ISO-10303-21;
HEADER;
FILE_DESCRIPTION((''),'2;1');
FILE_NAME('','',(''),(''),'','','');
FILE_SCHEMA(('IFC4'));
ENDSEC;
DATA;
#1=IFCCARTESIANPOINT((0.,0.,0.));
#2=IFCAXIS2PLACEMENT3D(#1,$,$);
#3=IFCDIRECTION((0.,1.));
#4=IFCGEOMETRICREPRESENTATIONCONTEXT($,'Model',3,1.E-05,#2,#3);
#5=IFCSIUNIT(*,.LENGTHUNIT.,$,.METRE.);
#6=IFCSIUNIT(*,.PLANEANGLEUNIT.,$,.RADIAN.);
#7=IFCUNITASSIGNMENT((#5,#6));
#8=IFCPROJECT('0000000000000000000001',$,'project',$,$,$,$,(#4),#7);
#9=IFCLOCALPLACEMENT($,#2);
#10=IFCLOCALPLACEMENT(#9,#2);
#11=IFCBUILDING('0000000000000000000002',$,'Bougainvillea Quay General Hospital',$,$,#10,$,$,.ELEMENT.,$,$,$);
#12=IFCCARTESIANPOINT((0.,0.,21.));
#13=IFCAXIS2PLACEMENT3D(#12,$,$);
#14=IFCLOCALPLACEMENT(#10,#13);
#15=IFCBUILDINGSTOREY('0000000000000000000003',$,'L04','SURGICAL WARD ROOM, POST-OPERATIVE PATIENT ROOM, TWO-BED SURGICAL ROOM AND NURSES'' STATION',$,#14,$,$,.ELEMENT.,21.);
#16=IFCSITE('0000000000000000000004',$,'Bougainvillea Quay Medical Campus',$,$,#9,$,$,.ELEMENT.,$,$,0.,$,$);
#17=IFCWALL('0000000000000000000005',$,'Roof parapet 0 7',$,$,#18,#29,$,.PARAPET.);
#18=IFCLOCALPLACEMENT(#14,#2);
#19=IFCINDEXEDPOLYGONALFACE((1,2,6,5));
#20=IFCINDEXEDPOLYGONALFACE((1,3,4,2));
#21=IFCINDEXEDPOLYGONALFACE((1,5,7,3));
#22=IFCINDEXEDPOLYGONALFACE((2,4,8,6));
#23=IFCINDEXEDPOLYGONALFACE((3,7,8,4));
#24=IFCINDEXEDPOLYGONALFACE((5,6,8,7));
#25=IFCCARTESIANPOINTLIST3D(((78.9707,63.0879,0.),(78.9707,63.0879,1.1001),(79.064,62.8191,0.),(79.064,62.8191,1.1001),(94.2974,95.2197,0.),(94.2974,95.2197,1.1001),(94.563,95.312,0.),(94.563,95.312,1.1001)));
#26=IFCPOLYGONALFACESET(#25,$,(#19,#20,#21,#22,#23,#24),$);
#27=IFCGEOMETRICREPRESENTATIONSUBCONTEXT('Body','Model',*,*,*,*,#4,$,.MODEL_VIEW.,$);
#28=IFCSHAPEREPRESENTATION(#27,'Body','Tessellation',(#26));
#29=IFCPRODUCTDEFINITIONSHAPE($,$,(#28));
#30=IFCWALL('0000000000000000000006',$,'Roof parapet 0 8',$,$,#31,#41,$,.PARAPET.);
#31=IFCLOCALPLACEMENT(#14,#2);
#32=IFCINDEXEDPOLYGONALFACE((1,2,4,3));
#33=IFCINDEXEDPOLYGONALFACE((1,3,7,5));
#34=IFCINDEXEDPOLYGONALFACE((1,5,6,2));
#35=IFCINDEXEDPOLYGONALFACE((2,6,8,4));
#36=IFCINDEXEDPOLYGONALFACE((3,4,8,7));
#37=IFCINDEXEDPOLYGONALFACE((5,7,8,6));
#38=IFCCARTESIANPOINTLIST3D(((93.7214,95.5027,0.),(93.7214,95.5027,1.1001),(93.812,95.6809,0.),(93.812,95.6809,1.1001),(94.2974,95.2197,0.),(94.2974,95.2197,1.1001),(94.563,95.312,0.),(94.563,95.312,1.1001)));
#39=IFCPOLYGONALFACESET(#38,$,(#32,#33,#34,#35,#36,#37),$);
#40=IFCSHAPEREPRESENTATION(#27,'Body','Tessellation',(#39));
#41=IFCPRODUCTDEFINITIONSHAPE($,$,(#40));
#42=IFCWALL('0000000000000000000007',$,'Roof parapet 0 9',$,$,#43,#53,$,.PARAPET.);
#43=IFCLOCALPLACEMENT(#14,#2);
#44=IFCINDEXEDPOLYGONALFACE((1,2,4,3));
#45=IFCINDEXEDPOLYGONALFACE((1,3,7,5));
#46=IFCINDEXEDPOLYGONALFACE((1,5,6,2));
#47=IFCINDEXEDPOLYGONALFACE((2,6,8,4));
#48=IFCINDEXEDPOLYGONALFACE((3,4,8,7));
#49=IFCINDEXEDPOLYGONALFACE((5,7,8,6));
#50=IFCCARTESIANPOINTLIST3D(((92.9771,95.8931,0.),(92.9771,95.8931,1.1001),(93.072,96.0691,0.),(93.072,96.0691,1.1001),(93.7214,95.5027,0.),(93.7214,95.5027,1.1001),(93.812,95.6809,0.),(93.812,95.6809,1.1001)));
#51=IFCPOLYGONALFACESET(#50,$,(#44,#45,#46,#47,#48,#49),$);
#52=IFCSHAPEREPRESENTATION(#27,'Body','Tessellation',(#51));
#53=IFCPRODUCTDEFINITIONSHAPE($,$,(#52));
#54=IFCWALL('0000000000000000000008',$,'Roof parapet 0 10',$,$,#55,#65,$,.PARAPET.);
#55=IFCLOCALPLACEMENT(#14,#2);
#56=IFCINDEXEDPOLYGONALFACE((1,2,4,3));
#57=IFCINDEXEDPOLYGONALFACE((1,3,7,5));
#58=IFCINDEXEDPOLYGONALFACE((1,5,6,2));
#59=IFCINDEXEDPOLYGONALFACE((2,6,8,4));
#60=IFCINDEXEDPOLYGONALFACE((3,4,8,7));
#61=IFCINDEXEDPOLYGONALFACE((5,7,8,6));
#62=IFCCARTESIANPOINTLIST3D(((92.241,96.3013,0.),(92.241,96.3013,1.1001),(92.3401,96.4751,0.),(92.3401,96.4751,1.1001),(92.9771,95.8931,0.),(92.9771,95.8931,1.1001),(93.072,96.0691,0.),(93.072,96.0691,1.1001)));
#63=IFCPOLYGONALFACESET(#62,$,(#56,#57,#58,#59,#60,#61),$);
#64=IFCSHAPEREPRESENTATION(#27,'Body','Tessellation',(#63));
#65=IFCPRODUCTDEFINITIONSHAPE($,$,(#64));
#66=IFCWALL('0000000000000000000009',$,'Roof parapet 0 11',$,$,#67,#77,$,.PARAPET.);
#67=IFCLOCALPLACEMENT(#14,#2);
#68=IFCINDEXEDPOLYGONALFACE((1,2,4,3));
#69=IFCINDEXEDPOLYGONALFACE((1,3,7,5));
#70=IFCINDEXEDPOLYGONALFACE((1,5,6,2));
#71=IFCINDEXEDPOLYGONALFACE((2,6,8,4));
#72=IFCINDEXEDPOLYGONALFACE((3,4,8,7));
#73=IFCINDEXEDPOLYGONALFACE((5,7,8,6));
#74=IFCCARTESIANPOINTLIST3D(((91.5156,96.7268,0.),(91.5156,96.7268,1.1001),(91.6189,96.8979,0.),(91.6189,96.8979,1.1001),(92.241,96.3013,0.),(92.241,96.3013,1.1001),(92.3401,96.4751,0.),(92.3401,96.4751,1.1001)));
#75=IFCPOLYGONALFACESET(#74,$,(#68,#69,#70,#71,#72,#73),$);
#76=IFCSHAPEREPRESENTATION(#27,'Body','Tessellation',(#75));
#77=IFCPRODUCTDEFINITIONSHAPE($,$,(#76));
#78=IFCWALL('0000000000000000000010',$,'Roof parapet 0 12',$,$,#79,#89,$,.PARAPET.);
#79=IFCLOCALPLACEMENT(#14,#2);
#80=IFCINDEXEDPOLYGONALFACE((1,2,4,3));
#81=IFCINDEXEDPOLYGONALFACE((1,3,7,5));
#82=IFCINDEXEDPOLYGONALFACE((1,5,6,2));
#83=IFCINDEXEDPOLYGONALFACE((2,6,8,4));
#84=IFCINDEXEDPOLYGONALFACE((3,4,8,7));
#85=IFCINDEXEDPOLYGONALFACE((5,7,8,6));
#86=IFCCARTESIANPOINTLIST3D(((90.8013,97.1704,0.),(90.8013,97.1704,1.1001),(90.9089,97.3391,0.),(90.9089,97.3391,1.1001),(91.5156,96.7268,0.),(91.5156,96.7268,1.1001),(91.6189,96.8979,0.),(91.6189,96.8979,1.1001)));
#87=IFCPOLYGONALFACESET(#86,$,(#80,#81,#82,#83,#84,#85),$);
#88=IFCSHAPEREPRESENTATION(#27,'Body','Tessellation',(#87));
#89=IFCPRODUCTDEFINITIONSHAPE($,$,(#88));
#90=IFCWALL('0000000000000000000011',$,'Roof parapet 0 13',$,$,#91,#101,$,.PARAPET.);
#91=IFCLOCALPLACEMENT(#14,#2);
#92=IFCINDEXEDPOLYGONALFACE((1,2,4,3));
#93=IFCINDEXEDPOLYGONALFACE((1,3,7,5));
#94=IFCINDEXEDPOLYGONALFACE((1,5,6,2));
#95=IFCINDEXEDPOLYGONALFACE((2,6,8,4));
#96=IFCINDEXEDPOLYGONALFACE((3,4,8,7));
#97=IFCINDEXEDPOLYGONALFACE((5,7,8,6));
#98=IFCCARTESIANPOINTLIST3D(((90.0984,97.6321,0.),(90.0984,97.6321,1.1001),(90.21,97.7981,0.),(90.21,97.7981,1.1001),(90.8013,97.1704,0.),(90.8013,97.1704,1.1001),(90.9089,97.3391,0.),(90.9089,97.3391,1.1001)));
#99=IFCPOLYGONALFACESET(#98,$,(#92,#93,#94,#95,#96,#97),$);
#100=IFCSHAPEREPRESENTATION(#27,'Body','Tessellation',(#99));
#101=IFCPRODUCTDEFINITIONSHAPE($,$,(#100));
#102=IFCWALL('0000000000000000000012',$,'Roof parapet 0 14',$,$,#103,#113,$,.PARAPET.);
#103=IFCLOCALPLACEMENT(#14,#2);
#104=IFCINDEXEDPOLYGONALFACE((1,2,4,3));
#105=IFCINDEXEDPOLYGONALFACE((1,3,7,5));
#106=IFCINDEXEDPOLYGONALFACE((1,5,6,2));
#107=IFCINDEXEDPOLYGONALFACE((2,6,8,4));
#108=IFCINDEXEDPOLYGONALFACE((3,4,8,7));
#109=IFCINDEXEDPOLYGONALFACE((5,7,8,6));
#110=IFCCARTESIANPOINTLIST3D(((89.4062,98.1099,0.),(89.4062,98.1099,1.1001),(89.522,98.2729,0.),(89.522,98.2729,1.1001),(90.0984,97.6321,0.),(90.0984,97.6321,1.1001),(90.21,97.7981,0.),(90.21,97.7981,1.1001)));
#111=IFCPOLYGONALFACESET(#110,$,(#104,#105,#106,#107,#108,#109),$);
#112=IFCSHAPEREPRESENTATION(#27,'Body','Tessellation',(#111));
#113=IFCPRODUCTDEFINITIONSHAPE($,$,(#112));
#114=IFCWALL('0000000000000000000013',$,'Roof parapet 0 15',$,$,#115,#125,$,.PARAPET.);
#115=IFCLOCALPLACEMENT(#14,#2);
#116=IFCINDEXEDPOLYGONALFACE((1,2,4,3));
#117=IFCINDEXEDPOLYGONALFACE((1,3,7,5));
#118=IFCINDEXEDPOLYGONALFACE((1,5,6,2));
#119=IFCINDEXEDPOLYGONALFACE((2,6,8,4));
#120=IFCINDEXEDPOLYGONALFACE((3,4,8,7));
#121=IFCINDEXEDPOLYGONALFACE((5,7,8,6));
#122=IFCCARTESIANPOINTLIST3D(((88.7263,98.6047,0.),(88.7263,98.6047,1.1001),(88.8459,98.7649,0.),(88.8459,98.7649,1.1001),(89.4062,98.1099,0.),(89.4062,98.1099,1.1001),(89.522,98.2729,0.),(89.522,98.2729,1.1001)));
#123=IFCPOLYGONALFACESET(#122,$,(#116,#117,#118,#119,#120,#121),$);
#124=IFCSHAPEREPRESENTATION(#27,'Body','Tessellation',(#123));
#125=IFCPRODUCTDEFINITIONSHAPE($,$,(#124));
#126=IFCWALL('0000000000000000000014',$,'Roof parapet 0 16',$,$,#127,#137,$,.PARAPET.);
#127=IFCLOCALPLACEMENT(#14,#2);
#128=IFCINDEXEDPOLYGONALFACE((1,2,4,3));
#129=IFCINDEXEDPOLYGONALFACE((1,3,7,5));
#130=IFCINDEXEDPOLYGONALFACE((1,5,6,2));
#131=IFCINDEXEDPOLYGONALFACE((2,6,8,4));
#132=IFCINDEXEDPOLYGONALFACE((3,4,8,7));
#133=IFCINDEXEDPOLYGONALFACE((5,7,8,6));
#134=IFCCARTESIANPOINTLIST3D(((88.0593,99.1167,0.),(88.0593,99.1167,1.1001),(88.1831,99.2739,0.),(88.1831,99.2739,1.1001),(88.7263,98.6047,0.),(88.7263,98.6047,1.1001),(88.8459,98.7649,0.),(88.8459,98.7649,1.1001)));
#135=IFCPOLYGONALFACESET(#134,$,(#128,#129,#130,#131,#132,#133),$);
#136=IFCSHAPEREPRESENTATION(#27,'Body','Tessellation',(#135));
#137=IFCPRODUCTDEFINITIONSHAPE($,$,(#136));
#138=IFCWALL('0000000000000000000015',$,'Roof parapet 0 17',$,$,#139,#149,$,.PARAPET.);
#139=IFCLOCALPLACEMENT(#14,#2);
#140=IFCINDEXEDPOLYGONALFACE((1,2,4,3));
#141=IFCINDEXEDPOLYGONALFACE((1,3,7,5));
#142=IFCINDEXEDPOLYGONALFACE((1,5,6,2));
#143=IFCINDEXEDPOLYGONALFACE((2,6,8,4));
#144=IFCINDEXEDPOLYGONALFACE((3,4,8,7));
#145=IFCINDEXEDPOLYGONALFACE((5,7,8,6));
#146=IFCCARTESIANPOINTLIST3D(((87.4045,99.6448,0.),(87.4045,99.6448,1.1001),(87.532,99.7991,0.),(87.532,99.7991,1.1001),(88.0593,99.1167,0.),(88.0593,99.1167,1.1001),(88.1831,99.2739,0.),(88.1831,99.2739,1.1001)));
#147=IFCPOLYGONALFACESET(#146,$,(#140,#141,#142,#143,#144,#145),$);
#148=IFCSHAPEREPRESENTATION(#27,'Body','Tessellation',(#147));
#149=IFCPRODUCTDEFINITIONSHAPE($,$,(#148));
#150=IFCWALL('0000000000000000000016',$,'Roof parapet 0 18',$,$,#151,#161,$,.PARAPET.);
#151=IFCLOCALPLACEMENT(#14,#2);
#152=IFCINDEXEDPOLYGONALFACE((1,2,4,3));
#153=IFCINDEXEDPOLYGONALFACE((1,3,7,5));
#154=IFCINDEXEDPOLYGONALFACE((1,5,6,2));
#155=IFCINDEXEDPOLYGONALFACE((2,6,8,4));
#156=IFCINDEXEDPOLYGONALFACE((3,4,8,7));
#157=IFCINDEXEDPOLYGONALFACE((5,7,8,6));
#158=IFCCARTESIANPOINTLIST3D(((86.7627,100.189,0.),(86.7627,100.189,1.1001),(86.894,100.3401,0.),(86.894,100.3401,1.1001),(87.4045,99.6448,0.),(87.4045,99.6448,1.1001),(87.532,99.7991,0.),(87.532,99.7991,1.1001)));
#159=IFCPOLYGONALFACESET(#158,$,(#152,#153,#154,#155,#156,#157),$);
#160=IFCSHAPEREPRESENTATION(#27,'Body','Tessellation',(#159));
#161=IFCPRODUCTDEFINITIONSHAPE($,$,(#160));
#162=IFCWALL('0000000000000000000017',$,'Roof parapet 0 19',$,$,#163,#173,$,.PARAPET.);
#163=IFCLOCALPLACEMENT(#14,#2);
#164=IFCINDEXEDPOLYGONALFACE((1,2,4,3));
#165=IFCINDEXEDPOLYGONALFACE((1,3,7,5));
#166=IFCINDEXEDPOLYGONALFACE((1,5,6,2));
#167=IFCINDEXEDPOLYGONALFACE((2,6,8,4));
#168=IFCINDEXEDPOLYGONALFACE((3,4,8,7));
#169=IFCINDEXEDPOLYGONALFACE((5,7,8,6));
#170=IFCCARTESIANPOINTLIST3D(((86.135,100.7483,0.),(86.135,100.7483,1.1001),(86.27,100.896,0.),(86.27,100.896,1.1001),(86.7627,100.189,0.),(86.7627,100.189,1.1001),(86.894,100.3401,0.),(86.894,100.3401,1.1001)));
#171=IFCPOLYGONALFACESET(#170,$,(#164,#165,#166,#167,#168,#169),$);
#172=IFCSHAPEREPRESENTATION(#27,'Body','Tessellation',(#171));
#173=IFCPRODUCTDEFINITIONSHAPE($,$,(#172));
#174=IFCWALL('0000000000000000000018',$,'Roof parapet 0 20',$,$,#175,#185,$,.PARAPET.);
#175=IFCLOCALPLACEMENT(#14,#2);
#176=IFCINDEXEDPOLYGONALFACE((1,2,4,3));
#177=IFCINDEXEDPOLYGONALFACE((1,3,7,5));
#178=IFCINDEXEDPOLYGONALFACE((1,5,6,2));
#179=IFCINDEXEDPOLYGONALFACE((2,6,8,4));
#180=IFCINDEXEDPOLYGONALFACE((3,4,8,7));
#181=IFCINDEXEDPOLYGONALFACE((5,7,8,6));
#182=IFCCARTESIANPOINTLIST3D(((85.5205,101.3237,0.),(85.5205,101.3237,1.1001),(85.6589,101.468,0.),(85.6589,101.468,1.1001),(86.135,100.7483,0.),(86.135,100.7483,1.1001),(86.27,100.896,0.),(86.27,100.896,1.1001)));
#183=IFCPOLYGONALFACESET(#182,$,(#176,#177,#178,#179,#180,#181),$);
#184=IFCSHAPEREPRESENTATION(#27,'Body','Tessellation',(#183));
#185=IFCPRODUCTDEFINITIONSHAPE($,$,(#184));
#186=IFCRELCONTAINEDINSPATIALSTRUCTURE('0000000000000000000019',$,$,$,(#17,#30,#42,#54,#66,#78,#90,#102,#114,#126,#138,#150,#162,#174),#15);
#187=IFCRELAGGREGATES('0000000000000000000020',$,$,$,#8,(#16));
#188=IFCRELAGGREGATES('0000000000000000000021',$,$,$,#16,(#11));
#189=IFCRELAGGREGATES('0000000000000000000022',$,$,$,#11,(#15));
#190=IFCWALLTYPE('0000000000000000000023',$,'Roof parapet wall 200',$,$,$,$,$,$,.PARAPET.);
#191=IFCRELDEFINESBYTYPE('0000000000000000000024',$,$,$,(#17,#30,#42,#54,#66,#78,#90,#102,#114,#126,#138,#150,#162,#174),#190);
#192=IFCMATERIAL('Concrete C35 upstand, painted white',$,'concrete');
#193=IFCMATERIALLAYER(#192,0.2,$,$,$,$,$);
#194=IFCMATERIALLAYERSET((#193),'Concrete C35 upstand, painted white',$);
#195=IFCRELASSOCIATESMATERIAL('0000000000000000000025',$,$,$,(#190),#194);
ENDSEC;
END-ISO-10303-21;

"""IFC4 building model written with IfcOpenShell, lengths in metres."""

from ifc_helpers import new_model, si_unit, direction, frame, origin, place, context, subcontext, project, spatial, polyline, outline, extrude, material, layer, layer_set, type_object, element, save


model = new_model("IFC4")

# Units and contexts
model_context = context("Model", 3, precision=1e-05, world=origin(), true_north=direction((0.0, 1.0)))
body_context = subcontext(model_context, "Body", "Model", "MODEL_VIEW")
ifc_project = project(units=[si_unit("LENGTHUNIT", "METRE"), si_unit("PLANEANGLEUNIT", "RADIAN")], contexts=[model_context])

# Site, building, storey
site_placement = place(None, origin())
site = spatial("IfcSite", under=ifc_project, at=site_placement, Name="Bougainvillea Quay Medical Campus", CompositionType="ELEMENT", RefElevation=0.0)
building_placement = place(site_placement, origin())
building = spatial("IfcBuilding", under=site, at=building_placement, Name="Bougainvillea Quay General Hospital", CompositionType="ELEMENT")
storey_placement = place(building_placement, frame((0.0, 0.0, 21.0)))
storey = spatial("IfcBuildingStorey", under=building, at=storey_placement, Name="L04", Description="SURGICAL WARD ROOM, POST-OPERATIVE PATIENT ROOM, TWO-BED SURGICAL ROOM AND NURSES' STATION", CompositionType="ELEMENT", Elevation=21.0)

# Walls
ifc_material_1 = material(Name="Concrete C35 upstand, painted white", Category="concrete")
ifc_layer_1 = layer(ifc_material_1, 0.2)
ifc_layer_set_1 = layer_set([ifc_layer_1], Name="Concrete C35 upstand, painted white")
wall_type = type_object("IfcWallType", Name="Roof parapet wall 200", PredefinedType="PARAPET", material=ifc_layer_set_1)
wall_1_placement = place(storey_placement, origin())
element("IfcWall", 1, at=wall_1_placement, inside=storey, type_object=wall_type, Name="Roof parapet 0 7", PredefinedType="PARAPET", context=body_context, shape_type="SweptSolid", body=[
    extrude(outline(polyline([(94.2974, 95.2197), (94.563, 95.312), (79.064, 62.8191), (78.9707, 63.0879), (94.2974, 95.2197)])), origin(), (0.0, 0.0, 1.0), 1.1001),
])
wall_2_placement = place(storey_placement, origin())
element("IfcWall", 2, at=wall_2_placement, inside=storey, type_object=wall_type, Name="Roof parapet 0 8", PredefinedType="PARAPET", context=body_context, shape_type="SweptSolid", body=[
    extrude(outline(polyline([(93.7214, 95.5027), (93.812, 95.6809), (94.563, 95.312), (94.2974, 95.2197), (93.7214, 95.5027)])), origin(), (0.0, 0.0, 1.0), 1.1001),
])
wall_3_placement = place(storey_placement, origin())
element("IfcWall", 3, at=wall_3_placement, inside=storey, type_object=wall_type, Name="Roof parapet 0 9", PredefinedType="PARAPET", context=body_context, shape_type="SweptSolid", body=[
    extrude(outline(polyline([(92.9771, 95.8931), (93.072, 96.0691), (93.812, 95.6809), (93.7214, 95.5027), (92.9771, 95.8931)])), origin(), (0.0, 0.0, 1.0), 1.1001),
])
wall_4_placement = place(storey_placement, origin())
element("IfcWall", 4, at=wall_4_placement, inside=storey, type_object=wall_type, Name="Roof parapet 0 10", PredefinedType="PARAPET", context=body_context, shape_type="SweptSolid", body=[
    extrude(outline(polyline([(92.241, 96.3013), (92.3401, 96.4751), (93.072, 96.0691), (92.9771, 95.8931), (92.241, 96.3013)])), origin(), (0.0, 0.0, 1.0), 1.1001),
])
wall_5_placement = place(storey_placement, origin())
element("IfcWall", 5, at=wall_5_placement, inside=storey, type_object=wall_type, Name="Roof parapet 0 11", PredefinedType="PARAPET", context=body_context, shape_type="SweptSolid", body=[
    extrude(outline(polyline([(91.5156, 96.7268), (91.6189, 96.8979), (92.3401, 96.4751), (92.241, 96.3013), (91.5156, 96.7268)])), origin(), (0.0, 0.0, 1.0), 1.1001),
])
wall_6_placement = place(storey_placement, origin())
element("IfcWall", 6, at=wall_6_placement, inside=storey, type_object=wall_type, Name="Roof parapet 0 12", PredefinedType="PARAPET", context=body_context, shape_type="SweptSolid", body=[
    extrude(outline(polyline([(90.8013, 97.1704), (90.9089, 97.3391), (91.6189, 96.8979), (91.5156, 96.7268), (90.8013, 97.1704)])), origin(), (0.0, 0.0, 1.0), 1.1001),
])
wall_7_placement = place(storey_placement, origin())
element("IfcWall", 7, at=wall_7_placement, inside=storey, type_object=wall_type, Name="Roof parapet 0 13", PredefinedType="PARAPET", context=body_context, shape_type="SweptSolid", body=[
    extrude(outline(polyline([(90.0984, 97.6321), (90.21, 97.7981), (90.9089, 97.3391), (90.8013, 97.1704), (90.0984, 97.6321)])), origin(), (0.0, 0.0, 1.0), 1.1001),
])
wall_8_placement = place(storey_placement, origin())
element("IfcWall", 8, at=wall_8_placement, inside=storey, type_object=wall_type, Name="Roof parapet 0 14", PredefinedType="PARAPET", context=body_context, shape_type="SweptSolid", body=[
    extrude(outline(polyline([(89.4062, 98.1099), (89.522, 98.2729), (90.21, 97.7981), (90.0984, 97.6321), (89.4062, 98.1099)])), origin(), (0.0, 0.0, 1.0), 1.1001),
])
wall_9_placement = place(storey_placement, origin())
element("IfcWall", 9, at=wall_9_placement, inside=storey, type_object=wall_type, Name="Roof parapet 0 15", PredefinedType="PARAPET", context=body_context, shape_type="SweptSolid", body=[
    extrude(outline(polyline([(88.7263, 98.6047), (88.8459, 98.7649), (89.522, 98.2729), (89.4062, 98.1099), (88.7263, 98.6047)])), origin(), (0.0, 0.0, 1.0), 1.1001),
])
wall_10_placement = place(storey_placement, origin())
element("IfcWall", 10, at=wall_10_placement, inside=storey, type_object=wall_type, Name="Roof parapet 0 16", PredefinedType="PARAPET", context=body_context, shape_type="SweptSolid", body=[
    extrude(outline(polyline([(88.0593, 99.1167), (88.1831, 99.2739), (88.8459, 98.7649), (88.7263, 98.6047), (88.0593, 99.1167)])), origin(), (0.0, 0.0, 1.0), 1.1001),
])
wall_11_placement = place(storey_placement, origin())
element("IfcWall", 11, at=wall_11_placement, inside=storey, type_object=wall_type, Name="Roof parapet 0 17", PredefinedType="PARAPET", context=body_context, shape_type="SweptSolid", body=[
    extrude(outline(polyline([(87.4045, 99.6448), (87.532, 99.7991), (88.1831, 99.2739), (88.0593, 99.1167), (87.4045, 99.6448)])), origin(), (0.0, 0.0, 1.0), 1.1001),
])
wall_12_placement = place(storey_placement, origin())
element("IfcWall", 12, at=wall_12_placement, inside=storey, type_object=wall_type, Name="Roof parapet 0 18", PredefinedType="PARAPET", context=body_context, shape_type="SweptSolid", body=[
    extrude(outline(polyline([(86.7627, 100.189), (86.894, 100.3401), (87.532, 99.7991), (87.4045, 99.6448), (86.7627, 100.189)])), origin(), (0.0, 0.0, 1.0), 1.1001),
])
wall_13_placement = place(storey_placement, origin())
element("IfcWall", 13, at=wall_13_placement, inside=storey, type_object=wall_type, Name="Roof parapet 0 19", PredefinedType="PARAPET", context=body_context, shape_type="SweptSolid", body=[
    extrude(outline(polyline([(86.135, 100.7483), (86.27, 100.896), (86.894, 100.3401), (86.7627, 100.189), (86.135, 100.7483)])), origin(), (0.0, 0.0, 1.0), 1.1001),
])
wall_14_placement = place(storey_placement, origin())
element("IfcWall", 14, at=wall_14_placement, inside=storey, type_object=wall_type, Name="Roof parapet 0 20", PredefinedType="PARAPET", context=body_context, shape_type="SweptSolid", body=[
    extrude(outline(polyline([(85.5205, 101.3237), (85.6589, 101.468), (86.27, 100.896), (86.135, 100.7483), (85.5205, 101.3237)])), origin(), (0.0, 0.0, 1.0), 1.1001),
])

save(model, "model.ifc")
